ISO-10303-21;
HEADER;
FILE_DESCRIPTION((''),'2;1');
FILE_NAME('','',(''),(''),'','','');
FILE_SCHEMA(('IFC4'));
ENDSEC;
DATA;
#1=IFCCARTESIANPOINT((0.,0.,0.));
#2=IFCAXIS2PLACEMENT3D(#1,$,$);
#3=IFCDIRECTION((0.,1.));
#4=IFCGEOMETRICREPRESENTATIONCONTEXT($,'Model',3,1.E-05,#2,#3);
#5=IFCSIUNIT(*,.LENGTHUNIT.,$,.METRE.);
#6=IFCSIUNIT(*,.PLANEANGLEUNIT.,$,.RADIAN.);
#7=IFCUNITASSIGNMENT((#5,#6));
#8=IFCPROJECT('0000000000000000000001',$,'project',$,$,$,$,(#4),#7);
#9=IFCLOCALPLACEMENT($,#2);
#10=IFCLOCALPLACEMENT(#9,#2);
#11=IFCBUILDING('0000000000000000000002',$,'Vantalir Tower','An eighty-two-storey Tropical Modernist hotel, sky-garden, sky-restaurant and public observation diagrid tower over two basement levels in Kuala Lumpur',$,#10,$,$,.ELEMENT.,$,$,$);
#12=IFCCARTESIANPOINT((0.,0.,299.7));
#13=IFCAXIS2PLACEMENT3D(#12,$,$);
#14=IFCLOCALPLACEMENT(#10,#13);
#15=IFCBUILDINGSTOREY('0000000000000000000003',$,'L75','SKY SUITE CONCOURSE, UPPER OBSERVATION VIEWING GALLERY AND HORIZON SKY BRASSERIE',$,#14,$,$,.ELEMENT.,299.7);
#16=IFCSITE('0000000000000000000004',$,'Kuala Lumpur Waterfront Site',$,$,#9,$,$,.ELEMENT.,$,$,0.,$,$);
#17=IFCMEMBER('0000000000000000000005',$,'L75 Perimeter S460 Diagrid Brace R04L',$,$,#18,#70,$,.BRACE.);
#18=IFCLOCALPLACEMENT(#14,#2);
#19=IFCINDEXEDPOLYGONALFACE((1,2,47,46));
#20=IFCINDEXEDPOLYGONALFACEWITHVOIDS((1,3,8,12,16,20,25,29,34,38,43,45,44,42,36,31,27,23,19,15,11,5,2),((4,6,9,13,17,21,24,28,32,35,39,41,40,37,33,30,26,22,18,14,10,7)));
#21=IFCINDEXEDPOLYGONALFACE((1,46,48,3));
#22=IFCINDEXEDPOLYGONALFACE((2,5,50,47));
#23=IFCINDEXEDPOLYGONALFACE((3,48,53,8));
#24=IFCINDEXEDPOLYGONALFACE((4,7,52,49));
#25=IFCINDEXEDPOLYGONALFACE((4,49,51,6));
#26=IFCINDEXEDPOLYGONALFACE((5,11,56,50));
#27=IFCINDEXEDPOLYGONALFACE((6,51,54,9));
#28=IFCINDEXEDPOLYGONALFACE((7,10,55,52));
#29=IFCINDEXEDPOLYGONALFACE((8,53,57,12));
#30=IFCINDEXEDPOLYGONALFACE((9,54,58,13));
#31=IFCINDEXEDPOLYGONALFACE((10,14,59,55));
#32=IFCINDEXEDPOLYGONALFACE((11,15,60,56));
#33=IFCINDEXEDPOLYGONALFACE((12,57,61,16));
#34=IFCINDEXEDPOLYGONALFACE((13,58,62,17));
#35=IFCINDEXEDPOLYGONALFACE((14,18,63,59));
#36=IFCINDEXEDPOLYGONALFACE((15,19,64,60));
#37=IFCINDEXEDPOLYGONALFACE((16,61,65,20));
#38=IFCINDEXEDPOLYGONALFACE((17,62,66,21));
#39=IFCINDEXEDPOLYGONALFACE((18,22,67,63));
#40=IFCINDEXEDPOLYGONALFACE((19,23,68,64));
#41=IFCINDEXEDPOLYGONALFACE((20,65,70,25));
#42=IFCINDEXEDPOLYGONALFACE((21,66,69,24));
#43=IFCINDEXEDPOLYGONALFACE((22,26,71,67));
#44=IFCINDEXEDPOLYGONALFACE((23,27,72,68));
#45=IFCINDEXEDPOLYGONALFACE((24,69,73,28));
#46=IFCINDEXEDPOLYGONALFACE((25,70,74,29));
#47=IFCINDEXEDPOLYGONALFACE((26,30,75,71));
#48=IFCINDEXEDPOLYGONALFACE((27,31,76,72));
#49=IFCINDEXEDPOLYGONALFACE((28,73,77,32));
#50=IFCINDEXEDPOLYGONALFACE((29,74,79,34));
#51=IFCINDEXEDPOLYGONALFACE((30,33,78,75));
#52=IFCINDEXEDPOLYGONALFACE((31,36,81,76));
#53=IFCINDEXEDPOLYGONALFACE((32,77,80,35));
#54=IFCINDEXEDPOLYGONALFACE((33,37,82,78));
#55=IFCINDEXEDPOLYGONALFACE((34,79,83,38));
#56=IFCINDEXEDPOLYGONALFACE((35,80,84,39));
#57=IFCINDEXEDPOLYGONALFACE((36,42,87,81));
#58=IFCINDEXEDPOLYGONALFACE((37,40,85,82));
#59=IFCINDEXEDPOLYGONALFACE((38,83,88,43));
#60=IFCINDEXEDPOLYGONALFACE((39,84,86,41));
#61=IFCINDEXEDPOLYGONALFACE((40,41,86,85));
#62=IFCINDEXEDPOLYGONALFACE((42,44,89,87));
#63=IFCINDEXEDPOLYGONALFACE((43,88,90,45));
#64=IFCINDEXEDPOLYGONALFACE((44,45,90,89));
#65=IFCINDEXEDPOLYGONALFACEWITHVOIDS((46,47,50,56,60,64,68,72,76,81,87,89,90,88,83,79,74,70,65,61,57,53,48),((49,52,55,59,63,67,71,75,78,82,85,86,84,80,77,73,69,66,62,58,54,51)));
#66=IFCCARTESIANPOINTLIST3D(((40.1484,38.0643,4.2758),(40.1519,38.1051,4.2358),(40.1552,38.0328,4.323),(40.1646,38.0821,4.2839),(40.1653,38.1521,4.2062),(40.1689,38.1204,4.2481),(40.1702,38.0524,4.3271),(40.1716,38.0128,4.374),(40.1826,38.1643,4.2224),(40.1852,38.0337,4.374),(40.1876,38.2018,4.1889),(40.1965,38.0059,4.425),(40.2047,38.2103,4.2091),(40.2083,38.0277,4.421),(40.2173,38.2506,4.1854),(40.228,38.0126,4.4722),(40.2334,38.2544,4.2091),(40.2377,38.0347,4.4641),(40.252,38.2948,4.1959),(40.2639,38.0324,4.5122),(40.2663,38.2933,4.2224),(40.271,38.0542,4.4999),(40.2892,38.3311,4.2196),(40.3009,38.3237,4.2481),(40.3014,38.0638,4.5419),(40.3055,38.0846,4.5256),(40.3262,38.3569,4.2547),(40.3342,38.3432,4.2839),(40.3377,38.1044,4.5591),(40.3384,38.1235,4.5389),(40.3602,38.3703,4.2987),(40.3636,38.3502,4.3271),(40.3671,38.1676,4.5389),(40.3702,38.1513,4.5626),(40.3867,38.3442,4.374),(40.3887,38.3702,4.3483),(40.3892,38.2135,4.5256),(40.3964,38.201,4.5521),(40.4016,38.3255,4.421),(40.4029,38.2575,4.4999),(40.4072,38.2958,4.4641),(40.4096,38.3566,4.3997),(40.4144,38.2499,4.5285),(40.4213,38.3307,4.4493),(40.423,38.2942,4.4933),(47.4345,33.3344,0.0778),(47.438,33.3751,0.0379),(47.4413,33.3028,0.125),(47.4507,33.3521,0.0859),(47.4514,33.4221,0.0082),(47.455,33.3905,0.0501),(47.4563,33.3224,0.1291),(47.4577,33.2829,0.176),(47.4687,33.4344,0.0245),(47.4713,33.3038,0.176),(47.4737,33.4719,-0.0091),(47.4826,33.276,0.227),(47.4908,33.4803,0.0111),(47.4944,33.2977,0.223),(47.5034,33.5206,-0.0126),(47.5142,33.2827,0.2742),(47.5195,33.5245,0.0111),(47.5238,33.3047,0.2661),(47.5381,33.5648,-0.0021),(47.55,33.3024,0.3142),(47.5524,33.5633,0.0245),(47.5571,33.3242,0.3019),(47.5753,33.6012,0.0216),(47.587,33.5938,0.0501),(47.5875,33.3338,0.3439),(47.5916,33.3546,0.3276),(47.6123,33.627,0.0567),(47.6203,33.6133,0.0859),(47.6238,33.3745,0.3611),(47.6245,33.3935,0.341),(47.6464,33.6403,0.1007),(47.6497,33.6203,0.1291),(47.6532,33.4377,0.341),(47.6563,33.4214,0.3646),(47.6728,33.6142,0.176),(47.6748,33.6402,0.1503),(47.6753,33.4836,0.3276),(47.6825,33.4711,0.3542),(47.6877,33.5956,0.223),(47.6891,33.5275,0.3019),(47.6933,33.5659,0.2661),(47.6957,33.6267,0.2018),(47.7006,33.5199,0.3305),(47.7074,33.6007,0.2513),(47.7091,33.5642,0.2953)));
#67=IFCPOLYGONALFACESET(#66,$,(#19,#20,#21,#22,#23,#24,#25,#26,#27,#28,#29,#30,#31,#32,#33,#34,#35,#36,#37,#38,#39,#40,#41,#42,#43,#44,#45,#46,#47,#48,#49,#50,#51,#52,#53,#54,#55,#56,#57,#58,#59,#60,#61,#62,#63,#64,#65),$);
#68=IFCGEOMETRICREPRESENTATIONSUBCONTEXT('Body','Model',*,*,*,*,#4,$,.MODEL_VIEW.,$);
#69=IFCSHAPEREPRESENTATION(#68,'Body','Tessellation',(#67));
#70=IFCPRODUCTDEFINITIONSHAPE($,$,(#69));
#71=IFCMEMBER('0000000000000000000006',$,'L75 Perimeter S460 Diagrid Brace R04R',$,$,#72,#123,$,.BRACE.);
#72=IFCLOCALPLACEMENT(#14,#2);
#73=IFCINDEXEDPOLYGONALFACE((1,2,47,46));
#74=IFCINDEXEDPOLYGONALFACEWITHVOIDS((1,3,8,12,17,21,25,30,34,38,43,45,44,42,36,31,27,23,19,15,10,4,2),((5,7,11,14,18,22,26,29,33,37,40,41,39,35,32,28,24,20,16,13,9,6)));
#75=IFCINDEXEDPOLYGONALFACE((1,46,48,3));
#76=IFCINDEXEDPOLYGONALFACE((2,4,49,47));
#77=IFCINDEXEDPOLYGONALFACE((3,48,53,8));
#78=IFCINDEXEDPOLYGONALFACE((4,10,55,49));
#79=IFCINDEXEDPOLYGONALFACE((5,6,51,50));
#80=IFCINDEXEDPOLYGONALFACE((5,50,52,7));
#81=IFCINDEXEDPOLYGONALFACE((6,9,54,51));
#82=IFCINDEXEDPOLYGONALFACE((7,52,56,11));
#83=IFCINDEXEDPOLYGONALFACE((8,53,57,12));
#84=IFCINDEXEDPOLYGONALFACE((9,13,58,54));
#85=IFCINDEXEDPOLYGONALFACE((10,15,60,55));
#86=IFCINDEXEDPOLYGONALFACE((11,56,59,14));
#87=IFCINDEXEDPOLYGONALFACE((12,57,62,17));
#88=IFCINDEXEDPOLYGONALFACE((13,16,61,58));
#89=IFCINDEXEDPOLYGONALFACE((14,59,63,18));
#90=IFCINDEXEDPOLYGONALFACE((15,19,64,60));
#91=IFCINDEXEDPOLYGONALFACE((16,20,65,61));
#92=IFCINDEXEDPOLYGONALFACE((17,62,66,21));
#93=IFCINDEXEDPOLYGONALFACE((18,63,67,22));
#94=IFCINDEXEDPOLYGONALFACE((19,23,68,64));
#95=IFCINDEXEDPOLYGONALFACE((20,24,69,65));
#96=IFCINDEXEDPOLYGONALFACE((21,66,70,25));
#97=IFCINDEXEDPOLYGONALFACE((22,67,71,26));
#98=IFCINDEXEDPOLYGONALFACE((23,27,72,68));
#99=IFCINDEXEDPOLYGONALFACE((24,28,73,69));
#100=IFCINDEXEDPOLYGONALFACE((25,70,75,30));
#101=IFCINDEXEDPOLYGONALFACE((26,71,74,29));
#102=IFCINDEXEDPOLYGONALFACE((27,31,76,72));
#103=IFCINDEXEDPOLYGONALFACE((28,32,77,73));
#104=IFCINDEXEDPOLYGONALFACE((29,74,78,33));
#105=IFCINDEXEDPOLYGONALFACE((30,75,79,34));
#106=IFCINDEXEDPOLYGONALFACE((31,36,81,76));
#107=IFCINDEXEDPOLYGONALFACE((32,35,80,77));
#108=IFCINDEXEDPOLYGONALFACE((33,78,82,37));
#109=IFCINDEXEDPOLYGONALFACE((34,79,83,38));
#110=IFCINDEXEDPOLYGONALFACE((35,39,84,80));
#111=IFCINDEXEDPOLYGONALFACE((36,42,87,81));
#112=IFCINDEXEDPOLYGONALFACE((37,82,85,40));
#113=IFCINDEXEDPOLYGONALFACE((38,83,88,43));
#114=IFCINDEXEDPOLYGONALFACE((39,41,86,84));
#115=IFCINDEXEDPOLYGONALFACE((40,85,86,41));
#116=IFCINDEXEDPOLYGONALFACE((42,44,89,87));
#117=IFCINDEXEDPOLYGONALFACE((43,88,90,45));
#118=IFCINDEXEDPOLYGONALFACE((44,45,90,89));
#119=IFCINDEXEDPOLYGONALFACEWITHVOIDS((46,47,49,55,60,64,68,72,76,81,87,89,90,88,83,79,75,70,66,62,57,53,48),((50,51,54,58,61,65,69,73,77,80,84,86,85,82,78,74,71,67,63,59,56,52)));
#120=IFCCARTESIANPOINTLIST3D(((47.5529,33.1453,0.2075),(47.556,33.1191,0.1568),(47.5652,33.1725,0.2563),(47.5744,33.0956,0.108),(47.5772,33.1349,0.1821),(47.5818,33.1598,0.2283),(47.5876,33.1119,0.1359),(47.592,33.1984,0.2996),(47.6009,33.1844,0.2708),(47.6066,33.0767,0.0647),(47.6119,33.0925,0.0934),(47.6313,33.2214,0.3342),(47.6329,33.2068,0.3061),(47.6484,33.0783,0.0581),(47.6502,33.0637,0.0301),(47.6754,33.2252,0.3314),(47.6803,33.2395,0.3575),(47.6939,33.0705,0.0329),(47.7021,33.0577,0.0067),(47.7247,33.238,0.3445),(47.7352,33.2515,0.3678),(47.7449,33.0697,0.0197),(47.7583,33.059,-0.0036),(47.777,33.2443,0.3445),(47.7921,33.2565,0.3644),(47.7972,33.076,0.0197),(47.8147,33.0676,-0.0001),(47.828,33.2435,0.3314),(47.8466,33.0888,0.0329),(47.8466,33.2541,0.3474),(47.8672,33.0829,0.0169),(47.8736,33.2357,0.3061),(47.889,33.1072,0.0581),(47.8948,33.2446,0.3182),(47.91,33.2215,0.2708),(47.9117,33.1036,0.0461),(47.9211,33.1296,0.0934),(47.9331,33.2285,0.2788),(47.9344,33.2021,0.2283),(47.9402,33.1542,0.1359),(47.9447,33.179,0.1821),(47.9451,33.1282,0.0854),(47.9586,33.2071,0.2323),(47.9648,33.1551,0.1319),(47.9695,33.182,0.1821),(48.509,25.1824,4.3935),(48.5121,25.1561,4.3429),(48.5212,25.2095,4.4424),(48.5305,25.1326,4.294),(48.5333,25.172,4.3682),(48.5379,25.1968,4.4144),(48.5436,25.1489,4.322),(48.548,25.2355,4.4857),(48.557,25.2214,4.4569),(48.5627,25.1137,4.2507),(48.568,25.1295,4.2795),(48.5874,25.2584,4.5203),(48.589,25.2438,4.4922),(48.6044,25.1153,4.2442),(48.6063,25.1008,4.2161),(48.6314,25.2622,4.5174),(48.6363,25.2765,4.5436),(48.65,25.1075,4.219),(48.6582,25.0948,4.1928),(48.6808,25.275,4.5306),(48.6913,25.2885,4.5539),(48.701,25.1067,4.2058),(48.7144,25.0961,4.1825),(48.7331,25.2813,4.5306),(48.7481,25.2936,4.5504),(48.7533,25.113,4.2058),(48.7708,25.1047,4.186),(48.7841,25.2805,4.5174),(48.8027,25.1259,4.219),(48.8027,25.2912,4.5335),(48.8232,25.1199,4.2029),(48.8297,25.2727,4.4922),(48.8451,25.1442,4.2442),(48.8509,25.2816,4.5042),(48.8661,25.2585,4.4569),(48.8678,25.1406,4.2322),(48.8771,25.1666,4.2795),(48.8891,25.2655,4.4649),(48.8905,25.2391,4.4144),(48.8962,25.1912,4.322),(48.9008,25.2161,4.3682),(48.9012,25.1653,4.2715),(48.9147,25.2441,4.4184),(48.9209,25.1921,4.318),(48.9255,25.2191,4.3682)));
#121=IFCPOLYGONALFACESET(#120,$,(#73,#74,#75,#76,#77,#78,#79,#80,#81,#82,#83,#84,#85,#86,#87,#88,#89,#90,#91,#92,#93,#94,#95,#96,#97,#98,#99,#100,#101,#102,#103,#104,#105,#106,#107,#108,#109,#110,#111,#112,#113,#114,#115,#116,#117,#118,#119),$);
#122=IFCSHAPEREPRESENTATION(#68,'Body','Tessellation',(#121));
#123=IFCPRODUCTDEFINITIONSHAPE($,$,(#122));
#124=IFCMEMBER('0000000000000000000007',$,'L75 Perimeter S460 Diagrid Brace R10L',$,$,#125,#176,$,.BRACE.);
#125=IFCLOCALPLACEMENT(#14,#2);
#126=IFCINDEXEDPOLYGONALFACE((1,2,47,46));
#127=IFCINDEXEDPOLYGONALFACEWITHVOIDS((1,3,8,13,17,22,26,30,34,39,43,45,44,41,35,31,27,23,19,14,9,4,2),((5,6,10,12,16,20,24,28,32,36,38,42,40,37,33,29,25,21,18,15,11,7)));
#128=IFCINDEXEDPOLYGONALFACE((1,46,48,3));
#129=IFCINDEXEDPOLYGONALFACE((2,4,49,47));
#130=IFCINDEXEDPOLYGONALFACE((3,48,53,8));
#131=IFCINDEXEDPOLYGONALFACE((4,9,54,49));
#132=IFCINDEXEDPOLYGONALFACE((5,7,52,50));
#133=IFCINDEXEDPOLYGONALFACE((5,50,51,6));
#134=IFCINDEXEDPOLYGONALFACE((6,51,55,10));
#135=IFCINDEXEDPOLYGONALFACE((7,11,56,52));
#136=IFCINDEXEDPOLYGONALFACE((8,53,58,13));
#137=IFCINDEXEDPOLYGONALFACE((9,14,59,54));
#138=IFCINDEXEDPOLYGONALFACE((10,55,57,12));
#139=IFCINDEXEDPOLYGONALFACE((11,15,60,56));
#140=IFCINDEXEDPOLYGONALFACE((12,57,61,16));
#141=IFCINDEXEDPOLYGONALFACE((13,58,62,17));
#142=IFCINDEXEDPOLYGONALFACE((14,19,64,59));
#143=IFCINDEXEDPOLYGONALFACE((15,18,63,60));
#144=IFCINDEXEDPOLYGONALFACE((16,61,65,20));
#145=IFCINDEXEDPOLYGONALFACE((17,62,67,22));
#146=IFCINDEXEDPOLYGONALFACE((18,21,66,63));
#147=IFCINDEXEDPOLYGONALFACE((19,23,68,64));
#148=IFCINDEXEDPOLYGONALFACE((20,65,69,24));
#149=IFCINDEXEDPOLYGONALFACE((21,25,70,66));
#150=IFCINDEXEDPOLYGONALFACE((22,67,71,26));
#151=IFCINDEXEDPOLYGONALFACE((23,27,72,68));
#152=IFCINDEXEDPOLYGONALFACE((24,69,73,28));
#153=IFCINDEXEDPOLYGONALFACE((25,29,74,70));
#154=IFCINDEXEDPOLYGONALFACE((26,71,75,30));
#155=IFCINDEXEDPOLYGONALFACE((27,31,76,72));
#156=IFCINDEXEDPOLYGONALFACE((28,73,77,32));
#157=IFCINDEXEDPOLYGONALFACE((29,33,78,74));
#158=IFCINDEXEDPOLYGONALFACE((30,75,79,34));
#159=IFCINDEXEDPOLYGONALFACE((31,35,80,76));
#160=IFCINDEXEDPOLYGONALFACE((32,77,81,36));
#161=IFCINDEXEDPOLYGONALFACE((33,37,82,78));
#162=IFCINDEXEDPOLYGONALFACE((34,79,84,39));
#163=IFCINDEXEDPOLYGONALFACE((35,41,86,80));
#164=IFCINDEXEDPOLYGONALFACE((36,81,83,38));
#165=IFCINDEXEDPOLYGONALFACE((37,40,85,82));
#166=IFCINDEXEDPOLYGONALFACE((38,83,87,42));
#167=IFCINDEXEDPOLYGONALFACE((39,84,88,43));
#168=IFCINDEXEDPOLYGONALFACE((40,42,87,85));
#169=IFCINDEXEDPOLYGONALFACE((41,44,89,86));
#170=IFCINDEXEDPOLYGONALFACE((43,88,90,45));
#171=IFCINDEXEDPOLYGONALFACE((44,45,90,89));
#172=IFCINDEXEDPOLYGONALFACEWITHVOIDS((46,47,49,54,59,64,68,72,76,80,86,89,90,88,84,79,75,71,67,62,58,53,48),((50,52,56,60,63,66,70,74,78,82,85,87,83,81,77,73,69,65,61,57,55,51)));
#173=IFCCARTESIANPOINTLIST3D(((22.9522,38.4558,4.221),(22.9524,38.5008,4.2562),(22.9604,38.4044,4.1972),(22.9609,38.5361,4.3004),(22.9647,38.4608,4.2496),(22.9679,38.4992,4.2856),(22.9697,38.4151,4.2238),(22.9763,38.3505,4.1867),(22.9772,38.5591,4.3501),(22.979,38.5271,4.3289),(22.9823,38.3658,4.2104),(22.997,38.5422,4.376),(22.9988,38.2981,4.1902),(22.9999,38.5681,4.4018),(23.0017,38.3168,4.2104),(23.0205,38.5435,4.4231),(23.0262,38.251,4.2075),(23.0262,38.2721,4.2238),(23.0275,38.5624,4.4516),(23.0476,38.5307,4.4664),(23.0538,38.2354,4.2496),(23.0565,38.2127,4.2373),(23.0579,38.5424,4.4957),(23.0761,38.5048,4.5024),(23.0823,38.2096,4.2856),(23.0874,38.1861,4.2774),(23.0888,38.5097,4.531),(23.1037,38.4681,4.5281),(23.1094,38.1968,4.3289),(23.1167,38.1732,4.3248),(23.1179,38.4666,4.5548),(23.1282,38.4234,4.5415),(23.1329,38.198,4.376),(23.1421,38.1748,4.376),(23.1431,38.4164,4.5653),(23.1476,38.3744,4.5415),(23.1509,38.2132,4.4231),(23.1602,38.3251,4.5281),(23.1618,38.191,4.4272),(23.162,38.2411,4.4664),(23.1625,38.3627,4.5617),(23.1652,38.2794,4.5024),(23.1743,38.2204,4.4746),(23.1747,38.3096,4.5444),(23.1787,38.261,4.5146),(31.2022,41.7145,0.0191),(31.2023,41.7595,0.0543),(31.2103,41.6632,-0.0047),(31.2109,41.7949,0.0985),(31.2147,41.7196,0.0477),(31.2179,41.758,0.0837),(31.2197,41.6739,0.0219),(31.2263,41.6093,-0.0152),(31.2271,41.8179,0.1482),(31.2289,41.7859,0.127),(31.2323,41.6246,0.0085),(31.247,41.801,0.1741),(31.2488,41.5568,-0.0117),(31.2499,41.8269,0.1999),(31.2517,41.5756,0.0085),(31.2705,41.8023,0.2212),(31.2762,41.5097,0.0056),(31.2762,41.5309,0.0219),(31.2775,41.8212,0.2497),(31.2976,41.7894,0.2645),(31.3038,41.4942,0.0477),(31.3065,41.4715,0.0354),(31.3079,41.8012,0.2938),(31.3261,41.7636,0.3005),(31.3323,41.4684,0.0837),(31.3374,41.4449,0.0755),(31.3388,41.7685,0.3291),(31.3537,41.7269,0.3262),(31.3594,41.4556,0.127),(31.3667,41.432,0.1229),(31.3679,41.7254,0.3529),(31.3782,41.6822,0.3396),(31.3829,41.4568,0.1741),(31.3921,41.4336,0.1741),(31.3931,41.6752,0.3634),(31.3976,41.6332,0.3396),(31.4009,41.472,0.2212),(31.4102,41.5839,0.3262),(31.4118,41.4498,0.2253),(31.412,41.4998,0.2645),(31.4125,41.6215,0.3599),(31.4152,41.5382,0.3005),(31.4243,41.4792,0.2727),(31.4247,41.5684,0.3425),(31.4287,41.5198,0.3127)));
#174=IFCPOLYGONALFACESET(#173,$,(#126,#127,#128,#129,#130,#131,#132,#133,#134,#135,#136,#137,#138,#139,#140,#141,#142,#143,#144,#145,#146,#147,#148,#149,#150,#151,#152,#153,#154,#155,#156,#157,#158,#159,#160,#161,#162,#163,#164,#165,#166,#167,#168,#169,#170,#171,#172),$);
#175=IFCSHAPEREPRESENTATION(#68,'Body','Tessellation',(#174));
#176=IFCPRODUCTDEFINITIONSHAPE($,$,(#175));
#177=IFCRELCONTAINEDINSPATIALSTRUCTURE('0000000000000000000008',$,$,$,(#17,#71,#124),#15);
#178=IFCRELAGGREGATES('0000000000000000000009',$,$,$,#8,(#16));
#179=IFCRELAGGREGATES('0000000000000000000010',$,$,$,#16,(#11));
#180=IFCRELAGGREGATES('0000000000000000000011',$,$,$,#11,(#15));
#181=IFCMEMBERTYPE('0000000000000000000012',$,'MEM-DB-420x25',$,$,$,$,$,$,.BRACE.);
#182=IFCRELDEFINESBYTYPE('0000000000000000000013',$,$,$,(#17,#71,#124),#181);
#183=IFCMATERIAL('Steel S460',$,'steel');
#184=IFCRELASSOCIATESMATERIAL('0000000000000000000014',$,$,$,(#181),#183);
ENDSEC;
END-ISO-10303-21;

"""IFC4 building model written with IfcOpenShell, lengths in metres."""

from ifc_helpers import new_model, si_unit, direction, frame, origin, origin_2d, place, context, subcontext, project, spatial, hollow_circle, extrude, material, material_profile, profile_set, type_object, element, save


model = new_model("IFC4")

# Units and contexts
model_context = context("Model", 3, precision=1e-05, world=origin(), true_north=direction((0.0, 1.0)))
body_context = subcontext(model_context, "Body", "Model", "MODEL_VIEW")
ifc_project = project(units=[si_unit("LENGTHUNIT", "METRE"), si_unit("PLANEANGLEUNIT", "RADIAN")], contexts=[model_context])

# Site, building, storey
site_placement = place(None, origin())
site = spatial("IfcSite", under=ifc_project, at=site_placement, Name="Kuala Lumpur Waterfront Site", CompositionType="ELEMENT", RefElevation=0.0)
building_placement = place(site_placement, origin())
building = spatial("IfcBuilding", under=site, at=building_placement, Name="Vantalir Tower", Description="An eighty-two-storey Tropical Modernist hotel, sky-garden, sky-restaurant and public observation diagrid tower over two basement levels in Kuala Lumpur", CompositionType="ELEMENT")
storey_placement = place(building_placement, frame((0.0, 0.0, 299.7)))
storey = spatial("IfcBuildingStorey", under=building, at=storey_placement, Name="L75", Description="SKY SUITE CONCOURSE, UPPER OBSERVATION VIEWING GALLERY AND HORIZON SKY BRASSERIE", CompositionType="ELEMENT", Elevation=299.7)

# Shared definitions
ifc_material_1 = material(Name="Steel S460", Category="steel")

# Members
ifc_material_profile_1 = material_profile(ifc_material_1, hollow_circle(Radius=0.21, WallThickness=0.0249, at=origin_2d()), Name="Steel S460")
ifc_profile_set_1 = profile_set([ifc_material_profile_1], Name="Steel S460")
member_type_1 = type_object("IfcMemberType", Name="MEM-DB-420x25", PredefinedType="BRACE", material=ifc_profile_set_1)
member_1_placement = place(storey_placement, frame((47.572, 33.459, 0.176), z_axis=(-0.755197, 0.490256, 0.435117), x_axis=(-0.544502, -0.838759, 0.0)))
element("IfcMember", 1, at=member_1_placement, inside=storey, type_object=member_type_1, Name="L75 Perimeter S460 Diagrid Brace R04L", PredefinedType="BRACE", context=body_context, shape_type="SweptSolid", body=[
    extrude(hollow_circle(Radius=0.21, WallThickness=0.0249, at=origin_2d()), origin(), (0.0, 0.0, 1.0), 9.6479),
])
member_2_placement = place(storey_placement, frame((47.761, 33.157, 0.1821), z_axis=(0.105679, -0.880189, 0.462709), x_axis=(0.992869, 0.119208, 0.0)))
element("IfcMember", 2, at=member_2_placement, inside=storey, type_object=member_type_1, Name="L75 Perimeter S460 Diagrid Brace R04R", PredefinedType="BRACE", context=body_context, shape_type="SweptSolid", body=[
    extrude(hollow_circle(Radius=0.21, WallThickness=0.0249, at=origin_2d()), origin(), (0.0, 0.0, 1.0), 9.0469),
])
for number, where, z_axis, x_axis, name in (
    (3, (31.3149, 41.6289, 0.1741), (-0.840533, -0.332014, 0.428102), (0.367382, -0.93007, 0.0), "L75 Perimeter S460 Diagrid Brace R10L"),
):
    element("IfcMember", number, at=place(storey_placement, frame(where, z_axis=z_axis, x_axis=x_axis)), inside=storey, type_object=member_type_1, Name=name, PredefinedType="BRACE", context=body_context, shape_type="SweptSolid", body=[
        extrude(hollow_circle(Radius=0.21, WallThickness=0.0249, at=origin_2d()), origin(), (0.0, 0.0, 1.0), 9.8152),
    ])

save(model, "model.ifc")
